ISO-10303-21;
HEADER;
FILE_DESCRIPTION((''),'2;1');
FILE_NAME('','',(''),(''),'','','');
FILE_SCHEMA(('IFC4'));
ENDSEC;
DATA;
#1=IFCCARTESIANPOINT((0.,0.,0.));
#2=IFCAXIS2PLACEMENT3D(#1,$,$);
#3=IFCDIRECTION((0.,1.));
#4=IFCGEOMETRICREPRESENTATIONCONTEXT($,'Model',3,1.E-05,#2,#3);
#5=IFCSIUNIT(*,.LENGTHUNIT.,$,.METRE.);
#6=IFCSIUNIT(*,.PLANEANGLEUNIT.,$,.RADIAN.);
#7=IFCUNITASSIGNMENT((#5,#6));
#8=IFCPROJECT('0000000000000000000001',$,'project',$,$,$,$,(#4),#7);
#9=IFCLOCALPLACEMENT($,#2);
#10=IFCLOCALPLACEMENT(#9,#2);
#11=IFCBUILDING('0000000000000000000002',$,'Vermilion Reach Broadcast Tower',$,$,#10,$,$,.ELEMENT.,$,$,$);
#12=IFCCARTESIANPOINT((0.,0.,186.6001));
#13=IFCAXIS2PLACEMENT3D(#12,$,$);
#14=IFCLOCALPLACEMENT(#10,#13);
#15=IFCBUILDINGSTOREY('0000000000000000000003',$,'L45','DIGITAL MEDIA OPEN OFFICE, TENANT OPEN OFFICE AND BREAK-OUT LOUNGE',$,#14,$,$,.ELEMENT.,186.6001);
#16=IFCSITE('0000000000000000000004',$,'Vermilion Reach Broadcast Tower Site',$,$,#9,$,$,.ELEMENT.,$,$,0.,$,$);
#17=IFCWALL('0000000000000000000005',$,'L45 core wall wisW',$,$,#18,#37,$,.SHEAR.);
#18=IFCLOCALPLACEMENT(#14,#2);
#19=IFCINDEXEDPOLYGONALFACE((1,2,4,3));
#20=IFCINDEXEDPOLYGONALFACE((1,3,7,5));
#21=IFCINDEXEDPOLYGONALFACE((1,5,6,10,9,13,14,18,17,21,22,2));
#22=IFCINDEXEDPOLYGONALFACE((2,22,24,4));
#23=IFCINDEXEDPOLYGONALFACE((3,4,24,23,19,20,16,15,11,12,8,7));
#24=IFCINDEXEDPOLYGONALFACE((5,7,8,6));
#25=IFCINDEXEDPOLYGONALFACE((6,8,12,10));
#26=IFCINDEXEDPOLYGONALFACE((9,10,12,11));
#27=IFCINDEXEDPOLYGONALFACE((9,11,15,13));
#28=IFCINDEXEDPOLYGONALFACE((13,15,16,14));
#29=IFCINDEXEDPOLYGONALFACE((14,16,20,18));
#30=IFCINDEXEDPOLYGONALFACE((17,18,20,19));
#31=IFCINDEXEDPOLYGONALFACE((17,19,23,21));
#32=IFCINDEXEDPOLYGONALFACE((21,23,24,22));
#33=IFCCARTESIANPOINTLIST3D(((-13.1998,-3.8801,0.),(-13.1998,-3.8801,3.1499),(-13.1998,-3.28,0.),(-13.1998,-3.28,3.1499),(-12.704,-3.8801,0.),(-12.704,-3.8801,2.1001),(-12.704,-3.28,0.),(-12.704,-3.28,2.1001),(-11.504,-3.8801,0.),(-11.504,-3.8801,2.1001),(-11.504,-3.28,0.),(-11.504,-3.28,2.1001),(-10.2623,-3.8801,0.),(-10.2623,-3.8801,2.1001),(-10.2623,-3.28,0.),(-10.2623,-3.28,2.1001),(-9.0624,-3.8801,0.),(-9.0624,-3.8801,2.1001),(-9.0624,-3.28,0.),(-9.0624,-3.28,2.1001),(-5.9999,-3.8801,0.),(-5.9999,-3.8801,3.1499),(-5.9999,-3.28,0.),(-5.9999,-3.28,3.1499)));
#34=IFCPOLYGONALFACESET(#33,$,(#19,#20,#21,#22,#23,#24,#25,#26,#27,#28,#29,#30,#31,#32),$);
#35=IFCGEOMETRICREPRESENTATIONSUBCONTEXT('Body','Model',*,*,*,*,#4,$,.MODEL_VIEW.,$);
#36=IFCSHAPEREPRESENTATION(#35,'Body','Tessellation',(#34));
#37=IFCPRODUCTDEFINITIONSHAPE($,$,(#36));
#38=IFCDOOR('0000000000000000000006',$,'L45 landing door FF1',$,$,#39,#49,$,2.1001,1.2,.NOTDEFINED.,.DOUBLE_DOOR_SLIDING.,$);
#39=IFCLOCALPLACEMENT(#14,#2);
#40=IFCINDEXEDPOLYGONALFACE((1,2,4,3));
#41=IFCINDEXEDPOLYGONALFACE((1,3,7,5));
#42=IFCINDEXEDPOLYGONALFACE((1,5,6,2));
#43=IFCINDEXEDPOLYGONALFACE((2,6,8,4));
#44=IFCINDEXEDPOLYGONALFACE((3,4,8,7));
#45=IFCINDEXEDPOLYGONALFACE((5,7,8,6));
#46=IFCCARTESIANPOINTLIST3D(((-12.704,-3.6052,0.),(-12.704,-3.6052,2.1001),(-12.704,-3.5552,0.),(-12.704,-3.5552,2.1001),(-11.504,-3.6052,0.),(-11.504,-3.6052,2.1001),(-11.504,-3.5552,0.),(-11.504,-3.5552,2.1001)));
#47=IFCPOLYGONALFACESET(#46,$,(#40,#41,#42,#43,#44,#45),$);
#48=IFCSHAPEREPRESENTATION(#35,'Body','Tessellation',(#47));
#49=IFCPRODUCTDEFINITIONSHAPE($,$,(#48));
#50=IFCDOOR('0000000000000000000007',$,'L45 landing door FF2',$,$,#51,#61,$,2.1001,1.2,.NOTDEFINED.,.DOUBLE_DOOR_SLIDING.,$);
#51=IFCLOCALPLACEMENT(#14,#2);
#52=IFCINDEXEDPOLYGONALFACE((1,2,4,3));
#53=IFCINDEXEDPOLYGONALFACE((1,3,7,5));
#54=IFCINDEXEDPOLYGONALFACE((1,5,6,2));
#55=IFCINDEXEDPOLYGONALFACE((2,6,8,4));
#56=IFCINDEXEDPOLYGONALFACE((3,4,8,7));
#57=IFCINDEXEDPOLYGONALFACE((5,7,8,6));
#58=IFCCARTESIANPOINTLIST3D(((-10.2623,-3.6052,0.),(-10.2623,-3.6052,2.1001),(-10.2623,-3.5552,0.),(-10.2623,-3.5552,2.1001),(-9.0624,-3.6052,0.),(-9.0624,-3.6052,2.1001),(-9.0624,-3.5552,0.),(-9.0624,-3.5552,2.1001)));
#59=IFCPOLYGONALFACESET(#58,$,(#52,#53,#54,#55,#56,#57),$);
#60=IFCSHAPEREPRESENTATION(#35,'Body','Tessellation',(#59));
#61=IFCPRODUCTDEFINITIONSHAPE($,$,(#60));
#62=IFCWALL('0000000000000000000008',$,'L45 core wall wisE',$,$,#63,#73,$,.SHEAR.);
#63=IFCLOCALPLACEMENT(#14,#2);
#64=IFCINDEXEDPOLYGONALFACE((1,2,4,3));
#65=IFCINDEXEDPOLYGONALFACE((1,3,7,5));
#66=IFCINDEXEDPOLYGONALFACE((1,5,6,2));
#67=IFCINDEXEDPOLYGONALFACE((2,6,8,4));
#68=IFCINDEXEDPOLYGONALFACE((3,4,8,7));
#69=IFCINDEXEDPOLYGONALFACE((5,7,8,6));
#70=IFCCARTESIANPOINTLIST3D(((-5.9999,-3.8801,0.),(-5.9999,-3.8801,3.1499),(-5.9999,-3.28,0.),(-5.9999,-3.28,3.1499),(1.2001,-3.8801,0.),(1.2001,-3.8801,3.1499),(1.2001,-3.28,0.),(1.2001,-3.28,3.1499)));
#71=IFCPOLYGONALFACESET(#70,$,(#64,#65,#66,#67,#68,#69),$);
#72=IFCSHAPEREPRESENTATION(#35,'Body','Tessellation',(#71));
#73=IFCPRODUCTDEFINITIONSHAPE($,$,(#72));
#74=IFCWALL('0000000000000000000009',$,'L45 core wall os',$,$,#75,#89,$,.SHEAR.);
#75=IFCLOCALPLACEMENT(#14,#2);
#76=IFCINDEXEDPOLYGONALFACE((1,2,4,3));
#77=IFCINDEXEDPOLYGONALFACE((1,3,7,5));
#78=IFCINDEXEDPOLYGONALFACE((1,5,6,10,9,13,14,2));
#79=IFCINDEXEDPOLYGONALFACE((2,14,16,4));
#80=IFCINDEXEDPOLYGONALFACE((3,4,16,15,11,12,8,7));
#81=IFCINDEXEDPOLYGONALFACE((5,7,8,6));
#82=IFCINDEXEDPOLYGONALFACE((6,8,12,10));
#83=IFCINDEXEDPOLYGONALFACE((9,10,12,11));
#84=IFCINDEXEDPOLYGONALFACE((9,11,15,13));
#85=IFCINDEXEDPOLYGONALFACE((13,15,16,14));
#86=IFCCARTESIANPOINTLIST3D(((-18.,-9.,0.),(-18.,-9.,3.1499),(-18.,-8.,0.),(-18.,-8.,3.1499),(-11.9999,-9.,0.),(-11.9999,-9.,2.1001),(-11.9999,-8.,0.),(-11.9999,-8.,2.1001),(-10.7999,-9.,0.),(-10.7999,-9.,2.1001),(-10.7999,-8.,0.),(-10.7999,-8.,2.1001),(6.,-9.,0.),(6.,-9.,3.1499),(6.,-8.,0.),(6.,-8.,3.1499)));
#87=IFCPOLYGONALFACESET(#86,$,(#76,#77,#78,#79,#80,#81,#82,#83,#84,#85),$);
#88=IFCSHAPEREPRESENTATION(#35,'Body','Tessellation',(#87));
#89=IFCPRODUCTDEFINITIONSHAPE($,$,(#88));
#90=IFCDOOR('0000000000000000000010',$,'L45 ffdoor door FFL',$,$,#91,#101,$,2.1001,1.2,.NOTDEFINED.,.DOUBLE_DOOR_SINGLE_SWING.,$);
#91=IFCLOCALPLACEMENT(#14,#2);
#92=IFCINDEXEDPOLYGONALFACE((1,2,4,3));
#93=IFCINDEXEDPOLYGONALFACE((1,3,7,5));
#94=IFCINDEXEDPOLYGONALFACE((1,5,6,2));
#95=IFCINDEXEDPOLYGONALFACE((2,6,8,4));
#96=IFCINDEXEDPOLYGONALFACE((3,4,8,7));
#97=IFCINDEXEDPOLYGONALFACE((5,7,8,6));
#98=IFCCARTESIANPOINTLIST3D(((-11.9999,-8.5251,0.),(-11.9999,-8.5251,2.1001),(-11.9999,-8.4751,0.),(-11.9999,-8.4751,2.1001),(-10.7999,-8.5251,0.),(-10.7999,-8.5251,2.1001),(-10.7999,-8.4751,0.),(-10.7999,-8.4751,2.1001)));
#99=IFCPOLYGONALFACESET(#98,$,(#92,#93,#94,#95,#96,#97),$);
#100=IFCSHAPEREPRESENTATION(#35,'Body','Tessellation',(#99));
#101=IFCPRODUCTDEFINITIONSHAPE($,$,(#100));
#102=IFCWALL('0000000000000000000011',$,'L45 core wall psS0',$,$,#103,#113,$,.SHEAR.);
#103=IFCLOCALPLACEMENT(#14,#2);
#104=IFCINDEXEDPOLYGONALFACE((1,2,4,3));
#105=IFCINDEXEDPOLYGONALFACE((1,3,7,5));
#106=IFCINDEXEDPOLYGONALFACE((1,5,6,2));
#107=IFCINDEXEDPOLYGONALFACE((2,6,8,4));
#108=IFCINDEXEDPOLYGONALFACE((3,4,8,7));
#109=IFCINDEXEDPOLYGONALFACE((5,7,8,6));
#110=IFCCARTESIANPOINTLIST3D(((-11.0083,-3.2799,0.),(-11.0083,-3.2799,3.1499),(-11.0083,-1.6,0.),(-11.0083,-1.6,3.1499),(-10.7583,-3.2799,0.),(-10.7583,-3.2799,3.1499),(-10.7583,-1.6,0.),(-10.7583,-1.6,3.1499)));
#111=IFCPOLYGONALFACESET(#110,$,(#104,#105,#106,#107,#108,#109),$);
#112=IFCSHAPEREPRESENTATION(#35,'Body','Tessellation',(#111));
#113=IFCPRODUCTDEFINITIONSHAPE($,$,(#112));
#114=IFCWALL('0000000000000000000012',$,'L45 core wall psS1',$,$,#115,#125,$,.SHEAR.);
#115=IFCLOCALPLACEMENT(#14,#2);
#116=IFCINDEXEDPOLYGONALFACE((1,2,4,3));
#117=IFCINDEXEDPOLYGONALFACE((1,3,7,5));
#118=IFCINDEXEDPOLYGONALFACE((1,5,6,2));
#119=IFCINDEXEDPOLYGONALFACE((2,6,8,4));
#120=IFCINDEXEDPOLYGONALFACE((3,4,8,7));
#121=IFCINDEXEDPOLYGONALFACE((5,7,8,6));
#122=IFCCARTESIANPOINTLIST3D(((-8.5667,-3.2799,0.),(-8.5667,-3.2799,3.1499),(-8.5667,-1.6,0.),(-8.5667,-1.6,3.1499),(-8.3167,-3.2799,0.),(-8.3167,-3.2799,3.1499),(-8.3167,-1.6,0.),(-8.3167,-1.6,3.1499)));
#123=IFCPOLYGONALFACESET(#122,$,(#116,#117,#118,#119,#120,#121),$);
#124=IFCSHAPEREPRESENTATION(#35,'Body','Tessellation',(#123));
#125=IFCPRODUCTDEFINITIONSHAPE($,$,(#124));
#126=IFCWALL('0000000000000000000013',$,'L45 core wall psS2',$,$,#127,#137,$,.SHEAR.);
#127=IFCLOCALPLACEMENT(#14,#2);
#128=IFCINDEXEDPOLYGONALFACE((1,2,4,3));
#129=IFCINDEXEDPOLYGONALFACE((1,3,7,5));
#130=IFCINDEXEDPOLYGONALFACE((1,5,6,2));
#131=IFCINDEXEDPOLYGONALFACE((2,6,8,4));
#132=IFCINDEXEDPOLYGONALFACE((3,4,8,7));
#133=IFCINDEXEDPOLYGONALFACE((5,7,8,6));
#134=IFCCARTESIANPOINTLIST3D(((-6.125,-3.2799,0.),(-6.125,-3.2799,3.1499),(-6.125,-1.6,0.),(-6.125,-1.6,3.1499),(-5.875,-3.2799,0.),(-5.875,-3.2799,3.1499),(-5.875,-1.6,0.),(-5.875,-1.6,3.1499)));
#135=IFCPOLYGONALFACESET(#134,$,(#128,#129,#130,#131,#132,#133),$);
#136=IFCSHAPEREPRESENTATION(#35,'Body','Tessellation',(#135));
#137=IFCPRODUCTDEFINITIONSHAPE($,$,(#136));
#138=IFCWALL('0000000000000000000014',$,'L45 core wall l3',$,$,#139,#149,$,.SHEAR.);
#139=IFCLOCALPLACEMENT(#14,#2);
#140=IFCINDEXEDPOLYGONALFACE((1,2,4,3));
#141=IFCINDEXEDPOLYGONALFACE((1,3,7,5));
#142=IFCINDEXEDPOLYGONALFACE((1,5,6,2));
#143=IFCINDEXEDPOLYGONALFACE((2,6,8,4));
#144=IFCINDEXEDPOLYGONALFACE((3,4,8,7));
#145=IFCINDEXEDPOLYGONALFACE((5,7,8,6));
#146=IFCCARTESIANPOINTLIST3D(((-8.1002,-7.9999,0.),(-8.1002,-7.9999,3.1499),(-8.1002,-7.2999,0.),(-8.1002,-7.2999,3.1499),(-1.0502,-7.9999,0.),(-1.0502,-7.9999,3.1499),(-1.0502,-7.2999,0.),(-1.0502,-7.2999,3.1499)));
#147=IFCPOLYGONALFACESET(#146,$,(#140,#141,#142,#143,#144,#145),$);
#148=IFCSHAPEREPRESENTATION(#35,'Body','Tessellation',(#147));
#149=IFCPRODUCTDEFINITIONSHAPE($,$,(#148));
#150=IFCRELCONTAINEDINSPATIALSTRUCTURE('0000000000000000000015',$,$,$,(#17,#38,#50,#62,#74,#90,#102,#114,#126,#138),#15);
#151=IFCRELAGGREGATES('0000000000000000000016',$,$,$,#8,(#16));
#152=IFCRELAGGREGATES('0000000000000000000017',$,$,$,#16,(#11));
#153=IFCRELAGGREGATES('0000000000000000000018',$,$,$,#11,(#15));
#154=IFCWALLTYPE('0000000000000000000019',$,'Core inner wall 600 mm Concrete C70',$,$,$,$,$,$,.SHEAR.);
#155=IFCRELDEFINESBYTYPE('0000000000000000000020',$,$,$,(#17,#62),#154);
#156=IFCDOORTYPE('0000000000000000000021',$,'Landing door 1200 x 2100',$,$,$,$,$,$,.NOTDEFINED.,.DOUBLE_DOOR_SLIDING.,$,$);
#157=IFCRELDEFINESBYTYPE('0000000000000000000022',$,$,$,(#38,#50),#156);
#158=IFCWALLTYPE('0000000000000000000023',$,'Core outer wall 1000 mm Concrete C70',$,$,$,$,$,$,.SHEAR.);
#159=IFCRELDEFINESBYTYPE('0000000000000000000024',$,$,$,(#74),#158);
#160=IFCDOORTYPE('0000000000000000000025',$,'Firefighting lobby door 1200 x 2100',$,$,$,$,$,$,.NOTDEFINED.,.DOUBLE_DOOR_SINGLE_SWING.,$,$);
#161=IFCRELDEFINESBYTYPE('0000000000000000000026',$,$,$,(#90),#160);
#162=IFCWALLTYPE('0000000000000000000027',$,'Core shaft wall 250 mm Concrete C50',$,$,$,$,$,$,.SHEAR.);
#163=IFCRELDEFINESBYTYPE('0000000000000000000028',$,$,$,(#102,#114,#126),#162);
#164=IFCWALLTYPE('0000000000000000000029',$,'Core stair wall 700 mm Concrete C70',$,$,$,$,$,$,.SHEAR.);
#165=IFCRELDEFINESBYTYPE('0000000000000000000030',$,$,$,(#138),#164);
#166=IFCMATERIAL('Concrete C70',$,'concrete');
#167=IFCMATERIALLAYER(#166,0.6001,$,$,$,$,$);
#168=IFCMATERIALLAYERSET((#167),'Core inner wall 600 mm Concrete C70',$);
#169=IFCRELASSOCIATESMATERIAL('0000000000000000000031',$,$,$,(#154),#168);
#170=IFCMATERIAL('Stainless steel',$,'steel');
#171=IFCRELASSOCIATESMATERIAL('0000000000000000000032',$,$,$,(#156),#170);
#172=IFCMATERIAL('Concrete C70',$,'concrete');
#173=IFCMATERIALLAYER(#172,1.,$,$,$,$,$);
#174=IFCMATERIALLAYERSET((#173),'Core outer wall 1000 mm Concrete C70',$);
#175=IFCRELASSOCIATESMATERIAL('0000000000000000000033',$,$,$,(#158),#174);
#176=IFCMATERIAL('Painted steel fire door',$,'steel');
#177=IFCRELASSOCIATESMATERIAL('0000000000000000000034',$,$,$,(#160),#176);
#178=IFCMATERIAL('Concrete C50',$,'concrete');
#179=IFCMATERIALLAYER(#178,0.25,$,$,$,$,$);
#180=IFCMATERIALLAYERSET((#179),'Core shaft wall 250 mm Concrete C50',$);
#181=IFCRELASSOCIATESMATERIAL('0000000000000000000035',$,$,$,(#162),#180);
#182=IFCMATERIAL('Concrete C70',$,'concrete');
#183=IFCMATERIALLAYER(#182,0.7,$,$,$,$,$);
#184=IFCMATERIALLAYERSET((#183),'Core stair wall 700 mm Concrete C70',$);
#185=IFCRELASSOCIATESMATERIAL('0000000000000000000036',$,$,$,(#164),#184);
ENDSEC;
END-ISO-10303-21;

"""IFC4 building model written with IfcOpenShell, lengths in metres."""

from ifc_helpers import new_model, si_unit, direction, frame, frame_2d, origin, place, context, subcontext, project, spatial, rectangle, extrude, material, layer, layer_set, type_object, element, fill, save


model = new_model("IFC4")

# Units and contexts
model_context = context("Model", 3, precision=1e-05, world=origin(), true_north=direction((0.0, 1.0)))
body_context = subcontext(model_context, "Body", "Model", "MODEL_VIEW")
ifc_project = project(units=[si_unit("LENGTHUNIT", "METRE"), si_unit("PLANEANGLEUNIT", "RADIAN")], contexts=[model_context])

# Site, building, storey
site_placement = place(None, origin())
site = spatial("IfcSite", under=ifc_project, at=site_placement, Name="Vermilion Reach Broadcast Tower Site", CompositionType="ELEMENT", RefElevation=0.0)
building_placement = place(site_placement, origin())
building = spatial("IfcBuilding", under=site, at=building_placement, Name="Vermilion Reach Broadcast Tower", CompositionType="ELEMENT")
storey_placement = place(building_placement, frame((0.0, 0.0, 186.6001)))
storey = spatial("IfcBuildingStorey", under=building, at=storey_placement, Name="L45", Description="DIGITAL MEDIA OPEN OFFICE, TENANT OPEN OFFICE AND BREAK-OUT LOUNGE", CompositionType="ELEMENT", Elevation=186.6001)

# Wall, openings, doors
ifc_material_1 = material(Name="Concrete C70", Category="concrete")
ifc_layer_1 = layer(ifc_material_1, 0.6001)
ifc_layer_set_1 = layer_set([ifc_layer_1], Name="Core inner wall 600 mm Concrete C70")
wall_type_1 = type_object("IfcWallType", Name="Core inner wall 600 mm Concrete C70", PredefinedType="SHEAR", material=ifc_layer_set_1)
wall_1_placement = place(storey_placement, frame((-13.2, -3.5801, 0.0), z_axis=(0.0, 0.0, 1.0), x_axis=(1.0, 0.0, 0.0)))
wall_1 = element("IfcWall", 1, at=wall_1_placement, inside=storey, type_object=wall_type_1, Name="L45 core wall wisW", PredefinedType="SHEAR", context=body_context, shape_type="SweptSolid", body=[
    extrude(rectangle(XDim=7.2, YDim=0.6001, at=frame_2d((3.6001, 0.0))), origin(), (0.0, 0.0, 1.0), 3.1499),
])
opening_1_placement = place(wall_1_placement, frame((0.4958, 0.0, 0.0)))
opening_1 = element("IfcOpeningElement", 2, at=opening_1_placement, cuts=wall_1, PredefinedType="OPENING", context=body_context, shape_type="SweptSolid", body=[
    extrude(rectangle(XDim=1.2, YDim=2.1001, at=frame_2d((0.6001, 1.05))), frame((0.0, 0.3101, 0.0), z_axis=(0.0, -1.0, 0.0), x_axis=(1.0, 0.0, 0.0)), (0.0, 0.0, 1.0), 0.6201),
])
opening_2_placement = place(wall_1_placement, frame((2.9375, 0.0, 0.0)))
opening_2 = element("IfcOpeningElement", 3, at=opening_2_placement, cuts=wall_1, PredefinedType="OPENING", context=body_context, shape_type="SweptSolid", body=[
    extrude(rectangle(XDim=1.2, YDim=2.1001, at=frame_2d((0.6001, 1.05))), frame((0.0, 0.3101, 0.0), z_axis=(0.0, -1.0, 0.0), x_axis=(1.0, 0.0, 0.0)), (0.0, 0.0, 1.0), 0.6201),
])
ifc_material_2 = material(Name="Stainless steel", Category="steel")
door_type_1 = type_object("IfcDoorType", Name="Landing door 1200 x 2100", OperationType="DOUBLE_DOOR_SLIDING", PredefinedType="NOTDEFINED", material=ifc_material_2)
door_1_placement = place(opening_1_placement, origin())
door_1 = element("IfcDoor", 4, at=door_1_placement, inside=storey, type_object=door_type_1, Name="L45 landing door FF1", OperationType="DOUBLE_DOOR_SLIDING", OverallHeight=2.1001, OverallWidth=1.2, PredefinedType="NOTDEFINED", context=body_context, shape_type="SweptSolid", body=[
    extrude(rectangle(XDim=1.2, YDim=2.1001, at=frame_2d((0.6001, 1.05))), frame((0.0, 0.0249, 0.0), z_axis=(0.0, -1.0, 0.0), x_axis=(1.0, 0.0, 0.0)), (0.0, 0.0, 1.0), 0.05),
])
fill(opening_1, door_1)
door_2_placement = place(opening_2_placement, origin())
door_2 = element("IfcDoor", 5, at=door_2_placement, inside=storey, type_object=door_type_1, Name="L45 landing door FF2", OperationType="DOUBLE_DOOR_SLIDING", OverallHeight=2.1001, OverallWidth=1.2, PredefinedType="NOTDEFINED", context=body_context, shape_type="SweptSolid", body=[
    extrude(rectangle(XDim=1.2, YDim=2.1001, at=frame_2d((0.6001, 1.05))), frame((0.0, 0.0249, 0.0), z_axis=(0.0, -1.0, 0.0), x_axis=(1.0, 0.0, 0.0)), (0.0, 0.0, 1.0), 0.05),
])
fill(opening_2, door_2)

# Wall
wall_2_placement = place(storey_placement, frame((-6.0, -3.5801, 0.0), z_axis=(0.0, 0.0, 1.0), x_axis=(1.0, 0.0, 0.0)))
element("IfcWall", 6, at=wall_2_placement, inside=storey, type_object=wall_type_1, Name="L45 core wall wisE", PredefinedType="SHEAR", context=body_context, shape_type="SweptSolid", body=[
    extrude(rectangle(XDim=7.2, YDim=0.6001, at=frame_2d((3.6001, 0.0))), origin(), (0.0, 0.0, 1.0), 3.1499),
])

# Wall, opening, door
ifc_material_3 = material(Name="Concrete C70", Category="concrete")
ifc_layer_2 = layer(ifc_material_3, 1.0)
ifc_layer_set_2 = layer_set([ifc_layer_2], Name="Core outer wall 1000 mm Concrete C70")
wall_type_2 = type_object("IfcWallType", Name="Core outer wall 1000 mm Concrete C70", PredefinedType="SHEAR", material=ifc_layer_set_2)
wall_3_placement = place(storey_placement, frame((-18.0, -8.5, 0.0), z_axis=(0.0, 0.0, 1.0), x_axis=(1.0, 0.0, 0.0)))
wall_3 = element("IfcWall", 7, at=wall_3_placement, inside=storey, type_object=wall_type_2, Name="L45 core wall os", PredefinedType="SHEAR", context=body_context, shape_type="SweptSolid", body=[
    extrude(rectangle(XDim=24.0, YDim=1.0, at=frame_2d((12.0, 0.0))), origin(), (0.0, 0.0, 1.0), 3.1499),
])
opening_3_placement = place(wall_3_placement, frame((6.0, 0.0, 0.0)))
opening_3 = element("IfcOpeningElement", 8, at=opening_3_placement, cuts=wall_3, PredefinedType="OPENING", context=body_context, shape_type="SweptSolid", body=[
    extrude(rectangle(XDim=1.2, YDim=2.1001, at=frame_2d((0.6001, 1.05))), frame((0.0, 0.51, 0.0), z_axis=(0.0, -1.0, 0.0), x_axis=(1.0, 0.0, 0.0)), (0.0, 0.0, 1.0), 1.02),
])
ifc_material_4 = material(Name="Painted steel fire door", Category="steel")
door_type_2 = type_object("IfcDoorType", Name="Firefighting lobby door 1200 x 2100", OperationType="DOUBLE_DOOR_SINGLE_SWING", PredefinedType="NOTDEFINED", material=ifc_material_4)
door_3_placement = place(opening_3_placement, origin())
door_3 = element("IfcDoor", 9, at=door_3_placement, inside=storey, type_object=door_type_2, Name="L45 ffdoor door FFL", OperationType="DOUBLE_DOOR_SINGLE_SWING", OverallHeight=2.1001, OverallWidth=1.2, PredefinedType="NOTDEFINED", context=body_context, shape_type="SweptSolid", body=[
    extrude(rectangle(XDim=1.2, YDim=2.1001, at=frame_2d((0.6001, 1.05))), frame((0.0, 0.0249, 0.0), z_axis=(0.0, -1.0, 0.0), x_axis=(1.0, 0.0, 0.0)), (0.0, 0.0, 1.0), 0.05),
])
fill(opening_3, door_3)

# Walls
ifc_material_5 = material(Name="Concrete C50", Category="concrete")
ifc_layer_3 = layer(ifc_material_5, 0.25)
ifc_layer_set_3 = layer_set([ifc_layer_3], Name="Core shaft wall 250 mm Concrete C50")
wall_type_3 = type_object("IfcWallType", Name="Core shaft wall 250 mm Concrete C50", PredefinedType="SHEAR", material=ifc_layer_set_3)
for number, where, z_axis, x_axis, name in (
    (10, (-10.8833, -1.6001, 0.0), (0.0, 0.0, 1.0), (0.0, -1.0, 0.0), "L45 core wall psS0"),
    (11, (-8.4417, -1.6001, 0.0), (0.0, 0.0, 1.0), (0.0, -1.0, 0.0), "L45 core wall psS1"),
    (12, (-6.0, -1.6001, 0.0), (0.0, 0.0, 1.0), (0.0, -1.0, 0.0), "L45 core wall psS2"),
):
    element("IfcWall", number, at=place(storey_placement, frame(where, z_axis=z_axis, x_axis=x_axis)), inside=storey, type_object=wall_type_3, Name=name, PredefinedType="SHEAR", context=body_context, shape_type="SweptSolid", body=[
        extrude(rectangle(XDim=1.6799, YDim=0.25, at=frame_2d((0.8398, 0.0))), origin(), (0.0, 0.0, 1.0), 3.1499),
    ])
ifc_material_6 = material(Name="Concrete C70", Category="concrete")
ifc_layer_4 = layer(ifc_material_6, 0.7)
ifc_layer_set_4 = layer_set([ifc_layer_4], Name="Core stair wall 700 mm Concrete C70")
wall_type_4 = type_object("IfcWallType", Name="Core stair wall 700 mm Concrete C70", PredefinedType="SHEAR", material=ifc_layer_set_4)
wall_4_placement = place(storey_placement, frame((-8.1001, -7.6499, 0.0), z_axis=(0.0, 0.0, 1.0), x_axis=(1.0, 0.0, 0.0)))
element("IfcWall", 13, at=wall_4_placement, inside=storey, type_object=wall_type_4, Name="L45 core wall l3", PredefinedType="SHEAR", context=body_context, shape_type="SweptSolid", body=[
    extrude(rectangle(XDim=7.05, YDim=0.7, at=frame_2d((3.5249, 0.0))), origin(), (0.0, 0.0, 1.0), 3.1499),
])

save(model, "model.ifc")
